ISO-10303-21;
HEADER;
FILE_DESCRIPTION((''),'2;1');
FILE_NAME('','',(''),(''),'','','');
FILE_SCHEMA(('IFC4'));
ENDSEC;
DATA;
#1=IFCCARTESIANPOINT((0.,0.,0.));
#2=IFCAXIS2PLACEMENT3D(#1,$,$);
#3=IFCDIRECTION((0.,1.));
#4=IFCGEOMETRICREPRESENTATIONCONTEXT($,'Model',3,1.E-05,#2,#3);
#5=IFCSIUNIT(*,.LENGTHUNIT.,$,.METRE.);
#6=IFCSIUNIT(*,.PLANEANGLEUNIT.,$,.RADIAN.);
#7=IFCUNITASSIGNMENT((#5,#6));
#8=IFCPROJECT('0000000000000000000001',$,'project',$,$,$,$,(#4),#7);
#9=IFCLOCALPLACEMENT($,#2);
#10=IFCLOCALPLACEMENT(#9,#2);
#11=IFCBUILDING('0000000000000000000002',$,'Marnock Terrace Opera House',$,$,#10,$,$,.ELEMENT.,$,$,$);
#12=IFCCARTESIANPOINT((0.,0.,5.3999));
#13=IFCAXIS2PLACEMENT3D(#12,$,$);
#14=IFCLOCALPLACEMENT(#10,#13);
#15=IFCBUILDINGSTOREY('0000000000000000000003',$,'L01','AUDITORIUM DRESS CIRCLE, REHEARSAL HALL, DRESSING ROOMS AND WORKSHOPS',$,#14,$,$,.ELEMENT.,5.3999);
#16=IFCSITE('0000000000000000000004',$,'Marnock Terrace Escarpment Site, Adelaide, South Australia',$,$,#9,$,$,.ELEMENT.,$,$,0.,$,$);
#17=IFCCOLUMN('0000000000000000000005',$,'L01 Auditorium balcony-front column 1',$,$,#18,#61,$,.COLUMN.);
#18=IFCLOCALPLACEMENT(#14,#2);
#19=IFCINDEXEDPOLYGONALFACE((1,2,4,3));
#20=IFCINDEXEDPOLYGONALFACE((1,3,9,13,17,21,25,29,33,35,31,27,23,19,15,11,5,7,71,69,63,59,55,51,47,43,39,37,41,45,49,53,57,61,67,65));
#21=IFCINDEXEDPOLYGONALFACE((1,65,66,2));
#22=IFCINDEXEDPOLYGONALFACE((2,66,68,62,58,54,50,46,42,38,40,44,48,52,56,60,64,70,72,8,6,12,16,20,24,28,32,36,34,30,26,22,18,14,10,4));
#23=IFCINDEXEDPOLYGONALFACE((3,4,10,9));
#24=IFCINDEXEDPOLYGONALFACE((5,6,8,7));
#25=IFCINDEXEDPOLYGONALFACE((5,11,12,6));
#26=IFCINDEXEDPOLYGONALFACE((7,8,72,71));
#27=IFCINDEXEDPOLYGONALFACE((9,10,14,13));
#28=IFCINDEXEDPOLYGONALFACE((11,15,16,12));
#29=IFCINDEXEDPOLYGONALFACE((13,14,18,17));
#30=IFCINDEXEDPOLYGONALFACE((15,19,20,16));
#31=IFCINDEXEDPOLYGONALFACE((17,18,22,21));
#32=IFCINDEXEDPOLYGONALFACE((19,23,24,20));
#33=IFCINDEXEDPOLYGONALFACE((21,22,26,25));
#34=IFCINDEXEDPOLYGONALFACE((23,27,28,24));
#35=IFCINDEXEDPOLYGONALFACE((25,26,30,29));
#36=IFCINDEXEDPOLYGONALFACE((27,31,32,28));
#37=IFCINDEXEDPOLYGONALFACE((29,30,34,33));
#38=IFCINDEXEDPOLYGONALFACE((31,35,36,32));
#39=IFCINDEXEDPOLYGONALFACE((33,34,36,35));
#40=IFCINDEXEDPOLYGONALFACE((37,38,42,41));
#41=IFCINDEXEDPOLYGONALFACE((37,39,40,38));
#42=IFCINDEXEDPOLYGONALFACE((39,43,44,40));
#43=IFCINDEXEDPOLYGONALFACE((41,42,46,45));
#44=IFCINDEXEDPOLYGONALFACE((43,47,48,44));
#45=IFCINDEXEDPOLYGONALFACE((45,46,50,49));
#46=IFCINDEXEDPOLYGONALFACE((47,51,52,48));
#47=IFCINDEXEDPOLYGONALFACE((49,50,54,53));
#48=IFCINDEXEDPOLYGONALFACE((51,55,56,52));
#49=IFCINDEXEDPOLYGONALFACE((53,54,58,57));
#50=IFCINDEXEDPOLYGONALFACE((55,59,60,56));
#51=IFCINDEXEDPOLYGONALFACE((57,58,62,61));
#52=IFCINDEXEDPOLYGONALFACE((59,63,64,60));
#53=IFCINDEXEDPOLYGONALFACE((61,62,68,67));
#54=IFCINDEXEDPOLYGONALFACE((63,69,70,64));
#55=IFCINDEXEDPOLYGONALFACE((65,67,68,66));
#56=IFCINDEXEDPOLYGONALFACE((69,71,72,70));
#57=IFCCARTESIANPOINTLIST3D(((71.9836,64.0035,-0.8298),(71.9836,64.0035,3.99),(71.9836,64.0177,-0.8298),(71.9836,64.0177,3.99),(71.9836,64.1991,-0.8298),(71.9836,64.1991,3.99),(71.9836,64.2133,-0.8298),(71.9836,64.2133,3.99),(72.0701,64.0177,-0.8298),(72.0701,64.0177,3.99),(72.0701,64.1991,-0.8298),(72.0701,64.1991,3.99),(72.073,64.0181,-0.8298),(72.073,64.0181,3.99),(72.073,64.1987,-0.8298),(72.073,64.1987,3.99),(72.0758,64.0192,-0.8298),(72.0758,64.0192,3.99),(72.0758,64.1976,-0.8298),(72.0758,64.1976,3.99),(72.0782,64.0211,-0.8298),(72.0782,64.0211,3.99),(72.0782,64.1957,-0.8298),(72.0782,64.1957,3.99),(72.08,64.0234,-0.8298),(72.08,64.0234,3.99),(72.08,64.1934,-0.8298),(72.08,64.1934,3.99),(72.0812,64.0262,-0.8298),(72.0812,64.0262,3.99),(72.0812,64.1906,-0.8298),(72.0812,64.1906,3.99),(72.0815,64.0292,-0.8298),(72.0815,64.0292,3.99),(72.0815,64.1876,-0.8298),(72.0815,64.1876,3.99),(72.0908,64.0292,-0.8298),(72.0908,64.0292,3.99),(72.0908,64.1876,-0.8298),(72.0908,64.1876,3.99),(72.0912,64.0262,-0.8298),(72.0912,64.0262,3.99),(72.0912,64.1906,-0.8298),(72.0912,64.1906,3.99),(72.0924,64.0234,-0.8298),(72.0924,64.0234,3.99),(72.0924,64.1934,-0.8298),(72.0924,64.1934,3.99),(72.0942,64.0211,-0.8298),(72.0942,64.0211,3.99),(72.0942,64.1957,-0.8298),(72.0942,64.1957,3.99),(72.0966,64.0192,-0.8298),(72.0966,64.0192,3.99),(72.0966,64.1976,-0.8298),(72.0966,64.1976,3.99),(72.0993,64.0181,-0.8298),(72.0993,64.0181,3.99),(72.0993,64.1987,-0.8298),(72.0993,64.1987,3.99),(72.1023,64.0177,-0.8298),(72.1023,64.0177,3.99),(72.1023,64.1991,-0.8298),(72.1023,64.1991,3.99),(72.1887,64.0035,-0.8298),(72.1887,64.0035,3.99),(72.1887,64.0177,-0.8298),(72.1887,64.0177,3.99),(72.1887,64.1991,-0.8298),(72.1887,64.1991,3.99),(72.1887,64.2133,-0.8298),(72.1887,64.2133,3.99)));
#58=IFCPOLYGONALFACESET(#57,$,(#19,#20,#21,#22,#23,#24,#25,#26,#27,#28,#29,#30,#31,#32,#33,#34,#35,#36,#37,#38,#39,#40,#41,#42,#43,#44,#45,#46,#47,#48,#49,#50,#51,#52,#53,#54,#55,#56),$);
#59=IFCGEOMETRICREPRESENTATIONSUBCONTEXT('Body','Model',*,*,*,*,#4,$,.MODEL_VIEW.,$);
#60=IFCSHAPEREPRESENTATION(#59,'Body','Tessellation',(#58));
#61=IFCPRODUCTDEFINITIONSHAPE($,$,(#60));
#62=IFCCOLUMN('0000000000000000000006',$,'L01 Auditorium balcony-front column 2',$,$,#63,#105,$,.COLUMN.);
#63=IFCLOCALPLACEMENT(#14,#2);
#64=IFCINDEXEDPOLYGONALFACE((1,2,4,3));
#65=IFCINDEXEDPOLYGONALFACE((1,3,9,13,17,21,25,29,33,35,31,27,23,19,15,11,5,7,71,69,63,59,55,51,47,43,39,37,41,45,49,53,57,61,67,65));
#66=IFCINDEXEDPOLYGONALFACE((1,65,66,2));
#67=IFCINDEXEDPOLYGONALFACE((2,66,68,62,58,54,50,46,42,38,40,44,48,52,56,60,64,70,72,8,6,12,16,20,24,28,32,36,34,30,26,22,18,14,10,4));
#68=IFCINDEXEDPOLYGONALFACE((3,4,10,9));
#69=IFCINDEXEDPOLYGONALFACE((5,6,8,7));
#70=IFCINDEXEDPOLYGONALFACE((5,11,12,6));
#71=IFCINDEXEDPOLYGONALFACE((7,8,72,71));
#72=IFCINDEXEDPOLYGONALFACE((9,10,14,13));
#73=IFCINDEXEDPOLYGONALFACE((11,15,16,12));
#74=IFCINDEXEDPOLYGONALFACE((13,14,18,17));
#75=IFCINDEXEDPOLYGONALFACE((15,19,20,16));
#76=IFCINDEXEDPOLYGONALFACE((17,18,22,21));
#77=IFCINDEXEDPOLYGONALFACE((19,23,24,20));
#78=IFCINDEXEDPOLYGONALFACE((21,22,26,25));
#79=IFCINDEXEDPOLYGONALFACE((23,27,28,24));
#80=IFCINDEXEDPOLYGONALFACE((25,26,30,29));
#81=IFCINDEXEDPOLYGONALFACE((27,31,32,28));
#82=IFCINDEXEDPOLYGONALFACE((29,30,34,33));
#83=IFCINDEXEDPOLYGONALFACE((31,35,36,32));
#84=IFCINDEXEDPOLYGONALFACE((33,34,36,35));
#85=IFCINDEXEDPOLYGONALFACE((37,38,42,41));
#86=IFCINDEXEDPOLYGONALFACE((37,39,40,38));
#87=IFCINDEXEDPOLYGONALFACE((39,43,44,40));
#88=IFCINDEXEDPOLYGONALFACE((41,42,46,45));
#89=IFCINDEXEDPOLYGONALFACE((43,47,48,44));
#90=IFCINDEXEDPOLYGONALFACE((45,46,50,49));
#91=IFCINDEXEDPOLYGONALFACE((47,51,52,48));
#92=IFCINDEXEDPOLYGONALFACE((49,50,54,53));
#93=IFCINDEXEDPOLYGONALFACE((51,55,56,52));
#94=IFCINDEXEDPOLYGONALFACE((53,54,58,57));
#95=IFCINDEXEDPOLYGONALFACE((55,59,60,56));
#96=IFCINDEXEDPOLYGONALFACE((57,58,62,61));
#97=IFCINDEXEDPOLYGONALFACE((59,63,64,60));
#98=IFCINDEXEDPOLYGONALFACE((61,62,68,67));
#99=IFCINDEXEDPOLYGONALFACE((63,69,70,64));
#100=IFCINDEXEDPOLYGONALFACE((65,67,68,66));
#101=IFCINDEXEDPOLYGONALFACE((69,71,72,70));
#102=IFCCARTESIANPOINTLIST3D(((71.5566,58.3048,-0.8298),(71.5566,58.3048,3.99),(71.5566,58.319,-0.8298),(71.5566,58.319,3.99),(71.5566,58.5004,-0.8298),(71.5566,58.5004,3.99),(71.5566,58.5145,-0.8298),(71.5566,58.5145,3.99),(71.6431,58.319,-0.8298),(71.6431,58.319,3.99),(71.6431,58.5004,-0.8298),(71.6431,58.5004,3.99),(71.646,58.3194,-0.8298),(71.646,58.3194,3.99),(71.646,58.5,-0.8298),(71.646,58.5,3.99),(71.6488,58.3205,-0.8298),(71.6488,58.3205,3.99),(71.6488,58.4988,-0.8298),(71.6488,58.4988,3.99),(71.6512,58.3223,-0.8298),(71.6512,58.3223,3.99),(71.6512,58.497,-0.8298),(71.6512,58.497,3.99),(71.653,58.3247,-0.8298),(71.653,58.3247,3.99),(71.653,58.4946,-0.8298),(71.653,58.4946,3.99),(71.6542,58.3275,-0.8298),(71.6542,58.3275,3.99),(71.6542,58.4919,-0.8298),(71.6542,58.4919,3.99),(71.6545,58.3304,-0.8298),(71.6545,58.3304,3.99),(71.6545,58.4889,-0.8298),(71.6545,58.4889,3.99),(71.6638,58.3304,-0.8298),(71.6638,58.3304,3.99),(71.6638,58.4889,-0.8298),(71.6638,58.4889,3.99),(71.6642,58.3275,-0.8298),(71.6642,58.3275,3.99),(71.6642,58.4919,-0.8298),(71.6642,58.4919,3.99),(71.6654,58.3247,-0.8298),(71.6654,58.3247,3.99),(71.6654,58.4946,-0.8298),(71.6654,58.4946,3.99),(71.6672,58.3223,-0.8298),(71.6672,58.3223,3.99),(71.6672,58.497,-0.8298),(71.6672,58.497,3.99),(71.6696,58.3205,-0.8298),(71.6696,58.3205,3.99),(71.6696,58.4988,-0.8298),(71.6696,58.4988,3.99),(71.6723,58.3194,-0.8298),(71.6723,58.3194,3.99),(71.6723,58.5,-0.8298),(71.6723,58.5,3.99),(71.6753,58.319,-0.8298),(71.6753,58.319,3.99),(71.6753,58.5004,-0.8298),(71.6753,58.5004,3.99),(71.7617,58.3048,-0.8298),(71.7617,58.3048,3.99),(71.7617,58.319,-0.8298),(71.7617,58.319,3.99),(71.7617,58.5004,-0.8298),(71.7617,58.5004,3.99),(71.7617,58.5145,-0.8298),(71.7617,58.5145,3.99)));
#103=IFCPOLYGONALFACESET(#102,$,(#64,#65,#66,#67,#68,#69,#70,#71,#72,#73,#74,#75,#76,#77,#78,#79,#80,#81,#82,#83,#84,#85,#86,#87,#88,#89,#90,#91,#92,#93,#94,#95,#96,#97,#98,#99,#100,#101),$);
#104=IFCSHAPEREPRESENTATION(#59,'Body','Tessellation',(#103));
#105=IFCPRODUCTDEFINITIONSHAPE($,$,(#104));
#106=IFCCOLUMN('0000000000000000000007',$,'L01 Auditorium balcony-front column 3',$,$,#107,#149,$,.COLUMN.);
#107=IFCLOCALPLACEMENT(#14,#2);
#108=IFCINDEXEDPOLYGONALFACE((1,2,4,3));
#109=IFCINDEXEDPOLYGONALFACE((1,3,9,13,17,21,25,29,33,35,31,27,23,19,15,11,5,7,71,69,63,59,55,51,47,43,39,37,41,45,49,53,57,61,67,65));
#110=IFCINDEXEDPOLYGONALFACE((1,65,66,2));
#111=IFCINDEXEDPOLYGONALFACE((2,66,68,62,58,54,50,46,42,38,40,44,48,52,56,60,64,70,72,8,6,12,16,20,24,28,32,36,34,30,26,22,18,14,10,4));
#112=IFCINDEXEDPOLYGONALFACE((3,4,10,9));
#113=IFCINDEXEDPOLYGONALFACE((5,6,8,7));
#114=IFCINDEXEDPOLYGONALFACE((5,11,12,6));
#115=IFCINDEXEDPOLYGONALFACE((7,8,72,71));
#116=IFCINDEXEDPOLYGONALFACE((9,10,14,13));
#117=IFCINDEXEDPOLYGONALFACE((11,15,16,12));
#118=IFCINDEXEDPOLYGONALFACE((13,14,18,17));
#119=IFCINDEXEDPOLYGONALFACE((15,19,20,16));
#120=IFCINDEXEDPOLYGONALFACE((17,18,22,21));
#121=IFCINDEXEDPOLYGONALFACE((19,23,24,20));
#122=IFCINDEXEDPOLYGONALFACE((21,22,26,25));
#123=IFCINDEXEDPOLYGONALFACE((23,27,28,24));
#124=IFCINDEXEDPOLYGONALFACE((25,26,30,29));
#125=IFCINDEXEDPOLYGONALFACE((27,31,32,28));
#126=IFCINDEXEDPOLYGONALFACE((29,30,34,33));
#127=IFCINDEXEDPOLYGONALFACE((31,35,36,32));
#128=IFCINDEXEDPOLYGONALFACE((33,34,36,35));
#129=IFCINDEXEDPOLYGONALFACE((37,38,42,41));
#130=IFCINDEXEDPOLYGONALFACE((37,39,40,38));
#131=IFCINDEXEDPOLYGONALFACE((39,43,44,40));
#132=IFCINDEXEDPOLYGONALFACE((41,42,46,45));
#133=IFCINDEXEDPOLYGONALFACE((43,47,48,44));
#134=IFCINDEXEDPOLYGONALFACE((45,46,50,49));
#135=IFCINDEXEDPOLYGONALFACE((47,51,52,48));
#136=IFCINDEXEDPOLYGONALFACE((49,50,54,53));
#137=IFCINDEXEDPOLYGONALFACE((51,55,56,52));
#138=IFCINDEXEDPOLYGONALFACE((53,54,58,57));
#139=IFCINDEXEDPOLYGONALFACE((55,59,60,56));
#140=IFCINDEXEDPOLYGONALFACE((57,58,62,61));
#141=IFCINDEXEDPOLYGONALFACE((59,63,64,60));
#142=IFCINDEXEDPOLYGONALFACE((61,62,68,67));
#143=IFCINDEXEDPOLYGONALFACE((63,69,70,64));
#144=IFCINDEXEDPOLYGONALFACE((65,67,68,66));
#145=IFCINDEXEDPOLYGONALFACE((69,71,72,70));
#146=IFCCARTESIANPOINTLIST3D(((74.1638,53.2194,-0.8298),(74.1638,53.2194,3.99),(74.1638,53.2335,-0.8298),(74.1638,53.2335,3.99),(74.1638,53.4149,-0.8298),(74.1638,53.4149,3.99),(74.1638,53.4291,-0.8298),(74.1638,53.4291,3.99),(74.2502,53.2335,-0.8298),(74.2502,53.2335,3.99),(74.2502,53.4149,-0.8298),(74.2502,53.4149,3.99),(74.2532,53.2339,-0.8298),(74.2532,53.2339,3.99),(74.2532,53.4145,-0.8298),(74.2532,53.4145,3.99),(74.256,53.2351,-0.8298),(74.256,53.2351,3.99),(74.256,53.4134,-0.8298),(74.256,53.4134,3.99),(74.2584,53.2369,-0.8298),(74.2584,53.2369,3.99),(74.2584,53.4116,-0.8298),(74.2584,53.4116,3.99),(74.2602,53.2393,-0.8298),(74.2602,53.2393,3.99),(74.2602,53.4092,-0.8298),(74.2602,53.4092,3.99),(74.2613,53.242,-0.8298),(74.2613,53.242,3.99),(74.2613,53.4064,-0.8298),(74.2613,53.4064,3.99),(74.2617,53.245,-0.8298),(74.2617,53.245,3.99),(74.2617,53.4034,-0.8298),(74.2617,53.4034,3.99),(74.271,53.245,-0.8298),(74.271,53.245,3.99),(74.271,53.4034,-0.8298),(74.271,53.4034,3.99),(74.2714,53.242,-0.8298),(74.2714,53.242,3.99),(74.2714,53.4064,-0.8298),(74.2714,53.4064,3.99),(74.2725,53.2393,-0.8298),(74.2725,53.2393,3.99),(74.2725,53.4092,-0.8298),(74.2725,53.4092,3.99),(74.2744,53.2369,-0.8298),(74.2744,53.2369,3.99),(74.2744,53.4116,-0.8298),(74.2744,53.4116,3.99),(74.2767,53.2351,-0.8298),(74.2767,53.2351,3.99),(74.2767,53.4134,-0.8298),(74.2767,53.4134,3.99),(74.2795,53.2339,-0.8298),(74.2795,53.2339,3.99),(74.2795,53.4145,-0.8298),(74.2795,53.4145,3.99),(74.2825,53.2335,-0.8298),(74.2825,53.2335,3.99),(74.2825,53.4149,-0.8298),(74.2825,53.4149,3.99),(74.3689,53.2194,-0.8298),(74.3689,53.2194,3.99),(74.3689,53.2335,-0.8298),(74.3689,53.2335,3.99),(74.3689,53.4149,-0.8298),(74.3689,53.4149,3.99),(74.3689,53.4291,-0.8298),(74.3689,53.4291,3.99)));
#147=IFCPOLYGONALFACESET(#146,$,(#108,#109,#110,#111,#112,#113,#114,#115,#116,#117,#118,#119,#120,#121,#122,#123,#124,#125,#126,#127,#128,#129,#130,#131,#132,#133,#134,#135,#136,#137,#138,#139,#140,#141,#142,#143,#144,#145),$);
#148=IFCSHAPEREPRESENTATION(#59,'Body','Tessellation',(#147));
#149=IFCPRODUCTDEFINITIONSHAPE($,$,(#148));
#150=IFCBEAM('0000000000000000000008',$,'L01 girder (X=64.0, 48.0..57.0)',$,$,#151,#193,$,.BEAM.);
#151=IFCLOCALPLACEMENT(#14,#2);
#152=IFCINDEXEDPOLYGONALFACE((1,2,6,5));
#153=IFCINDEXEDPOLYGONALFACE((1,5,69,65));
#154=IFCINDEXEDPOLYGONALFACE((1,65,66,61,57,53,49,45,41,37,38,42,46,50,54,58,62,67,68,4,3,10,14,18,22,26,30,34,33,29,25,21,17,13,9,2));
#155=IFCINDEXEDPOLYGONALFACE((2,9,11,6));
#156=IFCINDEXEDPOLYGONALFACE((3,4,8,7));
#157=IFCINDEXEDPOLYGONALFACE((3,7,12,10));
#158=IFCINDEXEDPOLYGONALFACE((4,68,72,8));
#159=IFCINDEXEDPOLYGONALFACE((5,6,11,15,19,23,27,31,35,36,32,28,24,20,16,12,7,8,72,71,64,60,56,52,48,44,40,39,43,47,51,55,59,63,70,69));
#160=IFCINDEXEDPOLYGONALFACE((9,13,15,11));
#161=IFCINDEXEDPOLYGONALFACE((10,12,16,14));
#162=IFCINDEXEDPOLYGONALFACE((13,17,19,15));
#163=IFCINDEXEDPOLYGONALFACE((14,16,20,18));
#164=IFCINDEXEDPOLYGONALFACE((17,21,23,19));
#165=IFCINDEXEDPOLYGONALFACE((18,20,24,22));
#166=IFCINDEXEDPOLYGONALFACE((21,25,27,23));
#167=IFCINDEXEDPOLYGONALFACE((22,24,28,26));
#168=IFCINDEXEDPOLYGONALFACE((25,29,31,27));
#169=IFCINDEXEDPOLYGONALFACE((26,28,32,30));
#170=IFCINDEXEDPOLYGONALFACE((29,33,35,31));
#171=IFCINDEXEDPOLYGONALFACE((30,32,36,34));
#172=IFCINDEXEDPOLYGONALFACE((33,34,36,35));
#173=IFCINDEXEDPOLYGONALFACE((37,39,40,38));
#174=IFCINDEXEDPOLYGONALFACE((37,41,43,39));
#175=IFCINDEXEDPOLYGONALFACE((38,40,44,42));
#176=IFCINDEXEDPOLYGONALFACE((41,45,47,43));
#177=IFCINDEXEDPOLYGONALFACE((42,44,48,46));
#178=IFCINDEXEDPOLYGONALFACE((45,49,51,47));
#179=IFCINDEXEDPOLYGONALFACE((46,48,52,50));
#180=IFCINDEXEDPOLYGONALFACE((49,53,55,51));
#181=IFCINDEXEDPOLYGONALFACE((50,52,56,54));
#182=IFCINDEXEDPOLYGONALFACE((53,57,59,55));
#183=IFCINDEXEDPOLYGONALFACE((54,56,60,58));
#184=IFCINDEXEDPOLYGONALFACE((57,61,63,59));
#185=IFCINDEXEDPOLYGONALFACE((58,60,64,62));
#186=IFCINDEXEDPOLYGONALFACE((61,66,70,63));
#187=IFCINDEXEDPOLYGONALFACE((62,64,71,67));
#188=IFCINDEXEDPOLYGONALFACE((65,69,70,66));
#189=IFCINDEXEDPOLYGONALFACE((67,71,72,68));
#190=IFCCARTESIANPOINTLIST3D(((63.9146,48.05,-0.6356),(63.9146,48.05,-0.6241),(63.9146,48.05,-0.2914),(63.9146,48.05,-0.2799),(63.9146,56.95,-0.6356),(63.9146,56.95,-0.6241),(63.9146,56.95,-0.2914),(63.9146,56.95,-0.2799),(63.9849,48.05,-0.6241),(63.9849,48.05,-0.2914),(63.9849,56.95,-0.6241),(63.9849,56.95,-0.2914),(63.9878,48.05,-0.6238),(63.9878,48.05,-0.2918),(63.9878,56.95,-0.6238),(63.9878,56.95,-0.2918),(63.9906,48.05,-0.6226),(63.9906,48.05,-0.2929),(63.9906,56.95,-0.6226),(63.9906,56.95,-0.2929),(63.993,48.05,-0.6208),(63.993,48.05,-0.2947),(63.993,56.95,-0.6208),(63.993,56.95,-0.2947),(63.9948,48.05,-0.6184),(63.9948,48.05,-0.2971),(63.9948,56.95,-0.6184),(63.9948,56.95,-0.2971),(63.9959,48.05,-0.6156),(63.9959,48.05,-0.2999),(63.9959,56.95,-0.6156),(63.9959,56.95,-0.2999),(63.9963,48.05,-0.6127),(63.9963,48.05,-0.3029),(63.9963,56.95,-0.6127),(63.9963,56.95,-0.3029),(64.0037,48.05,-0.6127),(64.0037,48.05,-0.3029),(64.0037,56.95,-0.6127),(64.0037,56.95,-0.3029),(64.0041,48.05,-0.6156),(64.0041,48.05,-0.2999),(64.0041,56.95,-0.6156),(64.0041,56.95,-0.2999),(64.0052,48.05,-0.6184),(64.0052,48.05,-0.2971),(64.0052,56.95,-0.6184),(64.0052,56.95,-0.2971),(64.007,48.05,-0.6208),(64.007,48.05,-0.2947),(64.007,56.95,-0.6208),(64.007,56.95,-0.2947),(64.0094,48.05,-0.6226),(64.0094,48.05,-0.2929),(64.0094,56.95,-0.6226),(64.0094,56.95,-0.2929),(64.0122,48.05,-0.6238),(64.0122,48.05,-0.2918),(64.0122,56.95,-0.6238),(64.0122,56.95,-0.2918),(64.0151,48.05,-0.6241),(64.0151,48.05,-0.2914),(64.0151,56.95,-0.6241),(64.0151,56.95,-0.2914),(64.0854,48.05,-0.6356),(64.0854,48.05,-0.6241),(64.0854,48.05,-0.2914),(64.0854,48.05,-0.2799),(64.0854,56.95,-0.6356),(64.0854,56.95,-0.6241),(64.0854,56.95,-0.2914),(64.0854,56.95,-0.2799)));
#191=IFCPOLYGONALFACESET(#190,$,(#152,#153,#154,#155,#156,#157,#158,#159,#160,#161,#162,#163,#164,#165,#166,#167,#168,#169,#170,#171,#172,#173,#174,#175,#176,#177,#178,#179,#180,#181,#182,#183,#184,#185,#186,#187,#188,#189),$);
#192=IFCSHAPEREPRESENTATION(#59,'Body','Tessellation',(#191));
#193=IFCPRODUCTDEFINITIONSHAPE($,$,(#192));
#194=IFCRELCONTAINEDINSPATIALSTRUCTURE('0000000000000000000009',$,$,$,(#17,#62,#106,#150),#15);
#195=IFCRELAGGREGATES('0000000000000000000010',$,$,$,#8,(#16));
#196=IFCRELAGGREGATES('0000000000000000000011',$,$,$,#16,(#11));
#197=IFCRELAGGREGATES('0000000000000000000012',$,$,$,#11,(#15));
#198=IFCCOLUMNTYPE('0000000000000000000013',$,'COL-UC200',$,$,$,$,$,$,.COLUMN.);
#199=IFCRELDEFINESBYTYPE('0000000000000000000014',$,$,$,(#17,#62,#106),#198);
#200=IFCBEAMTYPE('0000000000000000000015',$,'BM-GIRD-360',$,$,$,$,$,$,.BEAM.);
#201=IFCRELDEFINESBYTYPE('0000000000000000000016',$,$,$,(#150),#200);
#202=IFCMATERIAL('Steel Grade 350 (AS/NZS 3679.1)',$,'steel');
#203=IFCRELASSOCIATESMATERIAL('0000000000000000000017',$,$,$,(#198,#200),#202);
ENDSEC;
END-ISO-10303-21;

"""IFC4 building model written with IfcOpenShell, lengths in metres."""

from ifc_helpers import new_model, si_unit, direction, frame, origin, origin_2d, place, context, subcontext, project, spatial, i_section, extrude, material, material_profile, profile_set, type_object, element, save


model = new_model("IFC4")

# Units and contexts
model_context = context("Model", 3, precision=1e-05, world=origin(), true_north=direction((0.0, 1.0)))
body_context = subcontext(model_context, "Body", "Model", "MODEL_VIEW")
ifc_project = project(units=[si_unit("LENGTHUNIT", "METRE"), si_unit("PLANEANGLEUNIT", "RADIAN")], contexts=[model_context])

# Site, building, storey
site_placement = place(None, origin())
site = spatial("IfcSite", under=ifc_project, at=site_placement, Name="Marnock Terrace Escarpment Site, Adelaide, South Australia", CompositionType="ELEMENT", RefElevation=0.0)
building_placement = place(site_placement, origin())
building = spatial("IfcBuilding", under=site, at=building_placement, Name="Marnock Terrace Opera House", CompositionType="ELEMENT")
storey_placement = place(building_placement, frame((0.0, 0.0, 5.3999)))
storey = spatial("IfcBuildingStorey", under=building, at=storey_placement, Name="L01", Description="AUDITORIUM DRESS CIRCLE, REHEARSAL HALL, DRESSING ROOMS AND WORKSHOPS", CompositionType="ELEMENT", Elevation=5.3999)

# Columns
ifc_material_1 = material(Name="Steel Grade 350 (AS/NZS 3679.1)", Category="steel")
ifc_material_profile_1 = material_profile(ifc_material_1, i_section(OverallWidth=0.2051, OverallDepth=0.2097, WebThickness=0.0093, FlangeThickness=0.0142, FilletRadius=0.0115, at=origin_2d()))
ifc_profile_set_1 = profile_set([ifc_material_profile_1], Name="Steel Grade 350 (AS/NZS 3679.1)")
column_type_1 = type_object("IfcColumnType", Name="COL-UC200", PredefinedType="COLUMN", material=ifc_profile_set_1)
for number, where, z_axis, x_axis, name in (
    (1, (72.0862, 64.1084, -0.8298), (0.0, 0.0, 1.0), (1.0, 0.0, 0.0), "L01 Auditorium balcony-front column 1"),
    (2, (71.6592, 58.4097, -0.8298), (0.0, 0.0, 1.0), (1.0, 0.0, 0.0), "L01 Auditorium balcony-front column 2"),
    (3, (74.2664, 53.3242, -0.8298), (0.0, 0.0, 1.0), (1.0, 0.0, 0.0), "L01 Auditorium balcony-front column 3"),
):
    element("IfcColumn", number, at=place(storey_placement, frame(where, z_axis=z_axis, x_axis=x_axis)), inside=storey, type_object=column_type_1, Name=name, PredefinedType="COLUMN", context=body_context, shape_type="SweptSolid", body=[
        extrude(i_section(OverallWidth=0.2051, OverallDepth=0.2097, WebThickness=0.0093, FlangeThickness=0.0142, FilletRadius=0.0115, at=origin_2d()), origin(), (0.0, 0.0, 1.0), 4.8198),
    ])

# Beam
ifc_material_profile_2 = material_profile(ifc_material_1, i_section(OverallWidth=0.1709, OverallDepth=0.3557, WebThickness=0.0073, FlangeThickness=0.0115, FilletRadius=0.0115, at=origin_2d()))
ifc_profile_set_2 = profile_set([ifc_material_profile_2], Name="Steel Grade 350 (AS/NZS 3679.1)")
beam_type_1 = type_object("IfcBeamType", Name="BM-GIRD-360", PredefinedType="BEAM", material=ifc_profile_set_2)
beam_1_placement = place(storey_placement, frame((64.0, 48.05, -0.4578), z_axis=(0.0, 1.0, 0.0), x_axis=(-1.0, 0.0, 0.0)))
element("IfcBeam", 4, at=beam_1_placement, inside=storey, type_object=beam_type_1, Name="L01 girder (X=64.0, 48.0..57.0)", PredefinedType="BEAM", context=body_context, shape_type="SweptSolid", body=[
    extrude(i_section(OverallWidth=0.1709, OverallDepth=0.3557, WebThickness=0.0073, FlangeThickness=0.0115, FilletRadius=0.0115, at=origin_2d()), origin(), (0.0, 0.0, 1.0), 8.8999),
])

save(model, "model.ifc")
